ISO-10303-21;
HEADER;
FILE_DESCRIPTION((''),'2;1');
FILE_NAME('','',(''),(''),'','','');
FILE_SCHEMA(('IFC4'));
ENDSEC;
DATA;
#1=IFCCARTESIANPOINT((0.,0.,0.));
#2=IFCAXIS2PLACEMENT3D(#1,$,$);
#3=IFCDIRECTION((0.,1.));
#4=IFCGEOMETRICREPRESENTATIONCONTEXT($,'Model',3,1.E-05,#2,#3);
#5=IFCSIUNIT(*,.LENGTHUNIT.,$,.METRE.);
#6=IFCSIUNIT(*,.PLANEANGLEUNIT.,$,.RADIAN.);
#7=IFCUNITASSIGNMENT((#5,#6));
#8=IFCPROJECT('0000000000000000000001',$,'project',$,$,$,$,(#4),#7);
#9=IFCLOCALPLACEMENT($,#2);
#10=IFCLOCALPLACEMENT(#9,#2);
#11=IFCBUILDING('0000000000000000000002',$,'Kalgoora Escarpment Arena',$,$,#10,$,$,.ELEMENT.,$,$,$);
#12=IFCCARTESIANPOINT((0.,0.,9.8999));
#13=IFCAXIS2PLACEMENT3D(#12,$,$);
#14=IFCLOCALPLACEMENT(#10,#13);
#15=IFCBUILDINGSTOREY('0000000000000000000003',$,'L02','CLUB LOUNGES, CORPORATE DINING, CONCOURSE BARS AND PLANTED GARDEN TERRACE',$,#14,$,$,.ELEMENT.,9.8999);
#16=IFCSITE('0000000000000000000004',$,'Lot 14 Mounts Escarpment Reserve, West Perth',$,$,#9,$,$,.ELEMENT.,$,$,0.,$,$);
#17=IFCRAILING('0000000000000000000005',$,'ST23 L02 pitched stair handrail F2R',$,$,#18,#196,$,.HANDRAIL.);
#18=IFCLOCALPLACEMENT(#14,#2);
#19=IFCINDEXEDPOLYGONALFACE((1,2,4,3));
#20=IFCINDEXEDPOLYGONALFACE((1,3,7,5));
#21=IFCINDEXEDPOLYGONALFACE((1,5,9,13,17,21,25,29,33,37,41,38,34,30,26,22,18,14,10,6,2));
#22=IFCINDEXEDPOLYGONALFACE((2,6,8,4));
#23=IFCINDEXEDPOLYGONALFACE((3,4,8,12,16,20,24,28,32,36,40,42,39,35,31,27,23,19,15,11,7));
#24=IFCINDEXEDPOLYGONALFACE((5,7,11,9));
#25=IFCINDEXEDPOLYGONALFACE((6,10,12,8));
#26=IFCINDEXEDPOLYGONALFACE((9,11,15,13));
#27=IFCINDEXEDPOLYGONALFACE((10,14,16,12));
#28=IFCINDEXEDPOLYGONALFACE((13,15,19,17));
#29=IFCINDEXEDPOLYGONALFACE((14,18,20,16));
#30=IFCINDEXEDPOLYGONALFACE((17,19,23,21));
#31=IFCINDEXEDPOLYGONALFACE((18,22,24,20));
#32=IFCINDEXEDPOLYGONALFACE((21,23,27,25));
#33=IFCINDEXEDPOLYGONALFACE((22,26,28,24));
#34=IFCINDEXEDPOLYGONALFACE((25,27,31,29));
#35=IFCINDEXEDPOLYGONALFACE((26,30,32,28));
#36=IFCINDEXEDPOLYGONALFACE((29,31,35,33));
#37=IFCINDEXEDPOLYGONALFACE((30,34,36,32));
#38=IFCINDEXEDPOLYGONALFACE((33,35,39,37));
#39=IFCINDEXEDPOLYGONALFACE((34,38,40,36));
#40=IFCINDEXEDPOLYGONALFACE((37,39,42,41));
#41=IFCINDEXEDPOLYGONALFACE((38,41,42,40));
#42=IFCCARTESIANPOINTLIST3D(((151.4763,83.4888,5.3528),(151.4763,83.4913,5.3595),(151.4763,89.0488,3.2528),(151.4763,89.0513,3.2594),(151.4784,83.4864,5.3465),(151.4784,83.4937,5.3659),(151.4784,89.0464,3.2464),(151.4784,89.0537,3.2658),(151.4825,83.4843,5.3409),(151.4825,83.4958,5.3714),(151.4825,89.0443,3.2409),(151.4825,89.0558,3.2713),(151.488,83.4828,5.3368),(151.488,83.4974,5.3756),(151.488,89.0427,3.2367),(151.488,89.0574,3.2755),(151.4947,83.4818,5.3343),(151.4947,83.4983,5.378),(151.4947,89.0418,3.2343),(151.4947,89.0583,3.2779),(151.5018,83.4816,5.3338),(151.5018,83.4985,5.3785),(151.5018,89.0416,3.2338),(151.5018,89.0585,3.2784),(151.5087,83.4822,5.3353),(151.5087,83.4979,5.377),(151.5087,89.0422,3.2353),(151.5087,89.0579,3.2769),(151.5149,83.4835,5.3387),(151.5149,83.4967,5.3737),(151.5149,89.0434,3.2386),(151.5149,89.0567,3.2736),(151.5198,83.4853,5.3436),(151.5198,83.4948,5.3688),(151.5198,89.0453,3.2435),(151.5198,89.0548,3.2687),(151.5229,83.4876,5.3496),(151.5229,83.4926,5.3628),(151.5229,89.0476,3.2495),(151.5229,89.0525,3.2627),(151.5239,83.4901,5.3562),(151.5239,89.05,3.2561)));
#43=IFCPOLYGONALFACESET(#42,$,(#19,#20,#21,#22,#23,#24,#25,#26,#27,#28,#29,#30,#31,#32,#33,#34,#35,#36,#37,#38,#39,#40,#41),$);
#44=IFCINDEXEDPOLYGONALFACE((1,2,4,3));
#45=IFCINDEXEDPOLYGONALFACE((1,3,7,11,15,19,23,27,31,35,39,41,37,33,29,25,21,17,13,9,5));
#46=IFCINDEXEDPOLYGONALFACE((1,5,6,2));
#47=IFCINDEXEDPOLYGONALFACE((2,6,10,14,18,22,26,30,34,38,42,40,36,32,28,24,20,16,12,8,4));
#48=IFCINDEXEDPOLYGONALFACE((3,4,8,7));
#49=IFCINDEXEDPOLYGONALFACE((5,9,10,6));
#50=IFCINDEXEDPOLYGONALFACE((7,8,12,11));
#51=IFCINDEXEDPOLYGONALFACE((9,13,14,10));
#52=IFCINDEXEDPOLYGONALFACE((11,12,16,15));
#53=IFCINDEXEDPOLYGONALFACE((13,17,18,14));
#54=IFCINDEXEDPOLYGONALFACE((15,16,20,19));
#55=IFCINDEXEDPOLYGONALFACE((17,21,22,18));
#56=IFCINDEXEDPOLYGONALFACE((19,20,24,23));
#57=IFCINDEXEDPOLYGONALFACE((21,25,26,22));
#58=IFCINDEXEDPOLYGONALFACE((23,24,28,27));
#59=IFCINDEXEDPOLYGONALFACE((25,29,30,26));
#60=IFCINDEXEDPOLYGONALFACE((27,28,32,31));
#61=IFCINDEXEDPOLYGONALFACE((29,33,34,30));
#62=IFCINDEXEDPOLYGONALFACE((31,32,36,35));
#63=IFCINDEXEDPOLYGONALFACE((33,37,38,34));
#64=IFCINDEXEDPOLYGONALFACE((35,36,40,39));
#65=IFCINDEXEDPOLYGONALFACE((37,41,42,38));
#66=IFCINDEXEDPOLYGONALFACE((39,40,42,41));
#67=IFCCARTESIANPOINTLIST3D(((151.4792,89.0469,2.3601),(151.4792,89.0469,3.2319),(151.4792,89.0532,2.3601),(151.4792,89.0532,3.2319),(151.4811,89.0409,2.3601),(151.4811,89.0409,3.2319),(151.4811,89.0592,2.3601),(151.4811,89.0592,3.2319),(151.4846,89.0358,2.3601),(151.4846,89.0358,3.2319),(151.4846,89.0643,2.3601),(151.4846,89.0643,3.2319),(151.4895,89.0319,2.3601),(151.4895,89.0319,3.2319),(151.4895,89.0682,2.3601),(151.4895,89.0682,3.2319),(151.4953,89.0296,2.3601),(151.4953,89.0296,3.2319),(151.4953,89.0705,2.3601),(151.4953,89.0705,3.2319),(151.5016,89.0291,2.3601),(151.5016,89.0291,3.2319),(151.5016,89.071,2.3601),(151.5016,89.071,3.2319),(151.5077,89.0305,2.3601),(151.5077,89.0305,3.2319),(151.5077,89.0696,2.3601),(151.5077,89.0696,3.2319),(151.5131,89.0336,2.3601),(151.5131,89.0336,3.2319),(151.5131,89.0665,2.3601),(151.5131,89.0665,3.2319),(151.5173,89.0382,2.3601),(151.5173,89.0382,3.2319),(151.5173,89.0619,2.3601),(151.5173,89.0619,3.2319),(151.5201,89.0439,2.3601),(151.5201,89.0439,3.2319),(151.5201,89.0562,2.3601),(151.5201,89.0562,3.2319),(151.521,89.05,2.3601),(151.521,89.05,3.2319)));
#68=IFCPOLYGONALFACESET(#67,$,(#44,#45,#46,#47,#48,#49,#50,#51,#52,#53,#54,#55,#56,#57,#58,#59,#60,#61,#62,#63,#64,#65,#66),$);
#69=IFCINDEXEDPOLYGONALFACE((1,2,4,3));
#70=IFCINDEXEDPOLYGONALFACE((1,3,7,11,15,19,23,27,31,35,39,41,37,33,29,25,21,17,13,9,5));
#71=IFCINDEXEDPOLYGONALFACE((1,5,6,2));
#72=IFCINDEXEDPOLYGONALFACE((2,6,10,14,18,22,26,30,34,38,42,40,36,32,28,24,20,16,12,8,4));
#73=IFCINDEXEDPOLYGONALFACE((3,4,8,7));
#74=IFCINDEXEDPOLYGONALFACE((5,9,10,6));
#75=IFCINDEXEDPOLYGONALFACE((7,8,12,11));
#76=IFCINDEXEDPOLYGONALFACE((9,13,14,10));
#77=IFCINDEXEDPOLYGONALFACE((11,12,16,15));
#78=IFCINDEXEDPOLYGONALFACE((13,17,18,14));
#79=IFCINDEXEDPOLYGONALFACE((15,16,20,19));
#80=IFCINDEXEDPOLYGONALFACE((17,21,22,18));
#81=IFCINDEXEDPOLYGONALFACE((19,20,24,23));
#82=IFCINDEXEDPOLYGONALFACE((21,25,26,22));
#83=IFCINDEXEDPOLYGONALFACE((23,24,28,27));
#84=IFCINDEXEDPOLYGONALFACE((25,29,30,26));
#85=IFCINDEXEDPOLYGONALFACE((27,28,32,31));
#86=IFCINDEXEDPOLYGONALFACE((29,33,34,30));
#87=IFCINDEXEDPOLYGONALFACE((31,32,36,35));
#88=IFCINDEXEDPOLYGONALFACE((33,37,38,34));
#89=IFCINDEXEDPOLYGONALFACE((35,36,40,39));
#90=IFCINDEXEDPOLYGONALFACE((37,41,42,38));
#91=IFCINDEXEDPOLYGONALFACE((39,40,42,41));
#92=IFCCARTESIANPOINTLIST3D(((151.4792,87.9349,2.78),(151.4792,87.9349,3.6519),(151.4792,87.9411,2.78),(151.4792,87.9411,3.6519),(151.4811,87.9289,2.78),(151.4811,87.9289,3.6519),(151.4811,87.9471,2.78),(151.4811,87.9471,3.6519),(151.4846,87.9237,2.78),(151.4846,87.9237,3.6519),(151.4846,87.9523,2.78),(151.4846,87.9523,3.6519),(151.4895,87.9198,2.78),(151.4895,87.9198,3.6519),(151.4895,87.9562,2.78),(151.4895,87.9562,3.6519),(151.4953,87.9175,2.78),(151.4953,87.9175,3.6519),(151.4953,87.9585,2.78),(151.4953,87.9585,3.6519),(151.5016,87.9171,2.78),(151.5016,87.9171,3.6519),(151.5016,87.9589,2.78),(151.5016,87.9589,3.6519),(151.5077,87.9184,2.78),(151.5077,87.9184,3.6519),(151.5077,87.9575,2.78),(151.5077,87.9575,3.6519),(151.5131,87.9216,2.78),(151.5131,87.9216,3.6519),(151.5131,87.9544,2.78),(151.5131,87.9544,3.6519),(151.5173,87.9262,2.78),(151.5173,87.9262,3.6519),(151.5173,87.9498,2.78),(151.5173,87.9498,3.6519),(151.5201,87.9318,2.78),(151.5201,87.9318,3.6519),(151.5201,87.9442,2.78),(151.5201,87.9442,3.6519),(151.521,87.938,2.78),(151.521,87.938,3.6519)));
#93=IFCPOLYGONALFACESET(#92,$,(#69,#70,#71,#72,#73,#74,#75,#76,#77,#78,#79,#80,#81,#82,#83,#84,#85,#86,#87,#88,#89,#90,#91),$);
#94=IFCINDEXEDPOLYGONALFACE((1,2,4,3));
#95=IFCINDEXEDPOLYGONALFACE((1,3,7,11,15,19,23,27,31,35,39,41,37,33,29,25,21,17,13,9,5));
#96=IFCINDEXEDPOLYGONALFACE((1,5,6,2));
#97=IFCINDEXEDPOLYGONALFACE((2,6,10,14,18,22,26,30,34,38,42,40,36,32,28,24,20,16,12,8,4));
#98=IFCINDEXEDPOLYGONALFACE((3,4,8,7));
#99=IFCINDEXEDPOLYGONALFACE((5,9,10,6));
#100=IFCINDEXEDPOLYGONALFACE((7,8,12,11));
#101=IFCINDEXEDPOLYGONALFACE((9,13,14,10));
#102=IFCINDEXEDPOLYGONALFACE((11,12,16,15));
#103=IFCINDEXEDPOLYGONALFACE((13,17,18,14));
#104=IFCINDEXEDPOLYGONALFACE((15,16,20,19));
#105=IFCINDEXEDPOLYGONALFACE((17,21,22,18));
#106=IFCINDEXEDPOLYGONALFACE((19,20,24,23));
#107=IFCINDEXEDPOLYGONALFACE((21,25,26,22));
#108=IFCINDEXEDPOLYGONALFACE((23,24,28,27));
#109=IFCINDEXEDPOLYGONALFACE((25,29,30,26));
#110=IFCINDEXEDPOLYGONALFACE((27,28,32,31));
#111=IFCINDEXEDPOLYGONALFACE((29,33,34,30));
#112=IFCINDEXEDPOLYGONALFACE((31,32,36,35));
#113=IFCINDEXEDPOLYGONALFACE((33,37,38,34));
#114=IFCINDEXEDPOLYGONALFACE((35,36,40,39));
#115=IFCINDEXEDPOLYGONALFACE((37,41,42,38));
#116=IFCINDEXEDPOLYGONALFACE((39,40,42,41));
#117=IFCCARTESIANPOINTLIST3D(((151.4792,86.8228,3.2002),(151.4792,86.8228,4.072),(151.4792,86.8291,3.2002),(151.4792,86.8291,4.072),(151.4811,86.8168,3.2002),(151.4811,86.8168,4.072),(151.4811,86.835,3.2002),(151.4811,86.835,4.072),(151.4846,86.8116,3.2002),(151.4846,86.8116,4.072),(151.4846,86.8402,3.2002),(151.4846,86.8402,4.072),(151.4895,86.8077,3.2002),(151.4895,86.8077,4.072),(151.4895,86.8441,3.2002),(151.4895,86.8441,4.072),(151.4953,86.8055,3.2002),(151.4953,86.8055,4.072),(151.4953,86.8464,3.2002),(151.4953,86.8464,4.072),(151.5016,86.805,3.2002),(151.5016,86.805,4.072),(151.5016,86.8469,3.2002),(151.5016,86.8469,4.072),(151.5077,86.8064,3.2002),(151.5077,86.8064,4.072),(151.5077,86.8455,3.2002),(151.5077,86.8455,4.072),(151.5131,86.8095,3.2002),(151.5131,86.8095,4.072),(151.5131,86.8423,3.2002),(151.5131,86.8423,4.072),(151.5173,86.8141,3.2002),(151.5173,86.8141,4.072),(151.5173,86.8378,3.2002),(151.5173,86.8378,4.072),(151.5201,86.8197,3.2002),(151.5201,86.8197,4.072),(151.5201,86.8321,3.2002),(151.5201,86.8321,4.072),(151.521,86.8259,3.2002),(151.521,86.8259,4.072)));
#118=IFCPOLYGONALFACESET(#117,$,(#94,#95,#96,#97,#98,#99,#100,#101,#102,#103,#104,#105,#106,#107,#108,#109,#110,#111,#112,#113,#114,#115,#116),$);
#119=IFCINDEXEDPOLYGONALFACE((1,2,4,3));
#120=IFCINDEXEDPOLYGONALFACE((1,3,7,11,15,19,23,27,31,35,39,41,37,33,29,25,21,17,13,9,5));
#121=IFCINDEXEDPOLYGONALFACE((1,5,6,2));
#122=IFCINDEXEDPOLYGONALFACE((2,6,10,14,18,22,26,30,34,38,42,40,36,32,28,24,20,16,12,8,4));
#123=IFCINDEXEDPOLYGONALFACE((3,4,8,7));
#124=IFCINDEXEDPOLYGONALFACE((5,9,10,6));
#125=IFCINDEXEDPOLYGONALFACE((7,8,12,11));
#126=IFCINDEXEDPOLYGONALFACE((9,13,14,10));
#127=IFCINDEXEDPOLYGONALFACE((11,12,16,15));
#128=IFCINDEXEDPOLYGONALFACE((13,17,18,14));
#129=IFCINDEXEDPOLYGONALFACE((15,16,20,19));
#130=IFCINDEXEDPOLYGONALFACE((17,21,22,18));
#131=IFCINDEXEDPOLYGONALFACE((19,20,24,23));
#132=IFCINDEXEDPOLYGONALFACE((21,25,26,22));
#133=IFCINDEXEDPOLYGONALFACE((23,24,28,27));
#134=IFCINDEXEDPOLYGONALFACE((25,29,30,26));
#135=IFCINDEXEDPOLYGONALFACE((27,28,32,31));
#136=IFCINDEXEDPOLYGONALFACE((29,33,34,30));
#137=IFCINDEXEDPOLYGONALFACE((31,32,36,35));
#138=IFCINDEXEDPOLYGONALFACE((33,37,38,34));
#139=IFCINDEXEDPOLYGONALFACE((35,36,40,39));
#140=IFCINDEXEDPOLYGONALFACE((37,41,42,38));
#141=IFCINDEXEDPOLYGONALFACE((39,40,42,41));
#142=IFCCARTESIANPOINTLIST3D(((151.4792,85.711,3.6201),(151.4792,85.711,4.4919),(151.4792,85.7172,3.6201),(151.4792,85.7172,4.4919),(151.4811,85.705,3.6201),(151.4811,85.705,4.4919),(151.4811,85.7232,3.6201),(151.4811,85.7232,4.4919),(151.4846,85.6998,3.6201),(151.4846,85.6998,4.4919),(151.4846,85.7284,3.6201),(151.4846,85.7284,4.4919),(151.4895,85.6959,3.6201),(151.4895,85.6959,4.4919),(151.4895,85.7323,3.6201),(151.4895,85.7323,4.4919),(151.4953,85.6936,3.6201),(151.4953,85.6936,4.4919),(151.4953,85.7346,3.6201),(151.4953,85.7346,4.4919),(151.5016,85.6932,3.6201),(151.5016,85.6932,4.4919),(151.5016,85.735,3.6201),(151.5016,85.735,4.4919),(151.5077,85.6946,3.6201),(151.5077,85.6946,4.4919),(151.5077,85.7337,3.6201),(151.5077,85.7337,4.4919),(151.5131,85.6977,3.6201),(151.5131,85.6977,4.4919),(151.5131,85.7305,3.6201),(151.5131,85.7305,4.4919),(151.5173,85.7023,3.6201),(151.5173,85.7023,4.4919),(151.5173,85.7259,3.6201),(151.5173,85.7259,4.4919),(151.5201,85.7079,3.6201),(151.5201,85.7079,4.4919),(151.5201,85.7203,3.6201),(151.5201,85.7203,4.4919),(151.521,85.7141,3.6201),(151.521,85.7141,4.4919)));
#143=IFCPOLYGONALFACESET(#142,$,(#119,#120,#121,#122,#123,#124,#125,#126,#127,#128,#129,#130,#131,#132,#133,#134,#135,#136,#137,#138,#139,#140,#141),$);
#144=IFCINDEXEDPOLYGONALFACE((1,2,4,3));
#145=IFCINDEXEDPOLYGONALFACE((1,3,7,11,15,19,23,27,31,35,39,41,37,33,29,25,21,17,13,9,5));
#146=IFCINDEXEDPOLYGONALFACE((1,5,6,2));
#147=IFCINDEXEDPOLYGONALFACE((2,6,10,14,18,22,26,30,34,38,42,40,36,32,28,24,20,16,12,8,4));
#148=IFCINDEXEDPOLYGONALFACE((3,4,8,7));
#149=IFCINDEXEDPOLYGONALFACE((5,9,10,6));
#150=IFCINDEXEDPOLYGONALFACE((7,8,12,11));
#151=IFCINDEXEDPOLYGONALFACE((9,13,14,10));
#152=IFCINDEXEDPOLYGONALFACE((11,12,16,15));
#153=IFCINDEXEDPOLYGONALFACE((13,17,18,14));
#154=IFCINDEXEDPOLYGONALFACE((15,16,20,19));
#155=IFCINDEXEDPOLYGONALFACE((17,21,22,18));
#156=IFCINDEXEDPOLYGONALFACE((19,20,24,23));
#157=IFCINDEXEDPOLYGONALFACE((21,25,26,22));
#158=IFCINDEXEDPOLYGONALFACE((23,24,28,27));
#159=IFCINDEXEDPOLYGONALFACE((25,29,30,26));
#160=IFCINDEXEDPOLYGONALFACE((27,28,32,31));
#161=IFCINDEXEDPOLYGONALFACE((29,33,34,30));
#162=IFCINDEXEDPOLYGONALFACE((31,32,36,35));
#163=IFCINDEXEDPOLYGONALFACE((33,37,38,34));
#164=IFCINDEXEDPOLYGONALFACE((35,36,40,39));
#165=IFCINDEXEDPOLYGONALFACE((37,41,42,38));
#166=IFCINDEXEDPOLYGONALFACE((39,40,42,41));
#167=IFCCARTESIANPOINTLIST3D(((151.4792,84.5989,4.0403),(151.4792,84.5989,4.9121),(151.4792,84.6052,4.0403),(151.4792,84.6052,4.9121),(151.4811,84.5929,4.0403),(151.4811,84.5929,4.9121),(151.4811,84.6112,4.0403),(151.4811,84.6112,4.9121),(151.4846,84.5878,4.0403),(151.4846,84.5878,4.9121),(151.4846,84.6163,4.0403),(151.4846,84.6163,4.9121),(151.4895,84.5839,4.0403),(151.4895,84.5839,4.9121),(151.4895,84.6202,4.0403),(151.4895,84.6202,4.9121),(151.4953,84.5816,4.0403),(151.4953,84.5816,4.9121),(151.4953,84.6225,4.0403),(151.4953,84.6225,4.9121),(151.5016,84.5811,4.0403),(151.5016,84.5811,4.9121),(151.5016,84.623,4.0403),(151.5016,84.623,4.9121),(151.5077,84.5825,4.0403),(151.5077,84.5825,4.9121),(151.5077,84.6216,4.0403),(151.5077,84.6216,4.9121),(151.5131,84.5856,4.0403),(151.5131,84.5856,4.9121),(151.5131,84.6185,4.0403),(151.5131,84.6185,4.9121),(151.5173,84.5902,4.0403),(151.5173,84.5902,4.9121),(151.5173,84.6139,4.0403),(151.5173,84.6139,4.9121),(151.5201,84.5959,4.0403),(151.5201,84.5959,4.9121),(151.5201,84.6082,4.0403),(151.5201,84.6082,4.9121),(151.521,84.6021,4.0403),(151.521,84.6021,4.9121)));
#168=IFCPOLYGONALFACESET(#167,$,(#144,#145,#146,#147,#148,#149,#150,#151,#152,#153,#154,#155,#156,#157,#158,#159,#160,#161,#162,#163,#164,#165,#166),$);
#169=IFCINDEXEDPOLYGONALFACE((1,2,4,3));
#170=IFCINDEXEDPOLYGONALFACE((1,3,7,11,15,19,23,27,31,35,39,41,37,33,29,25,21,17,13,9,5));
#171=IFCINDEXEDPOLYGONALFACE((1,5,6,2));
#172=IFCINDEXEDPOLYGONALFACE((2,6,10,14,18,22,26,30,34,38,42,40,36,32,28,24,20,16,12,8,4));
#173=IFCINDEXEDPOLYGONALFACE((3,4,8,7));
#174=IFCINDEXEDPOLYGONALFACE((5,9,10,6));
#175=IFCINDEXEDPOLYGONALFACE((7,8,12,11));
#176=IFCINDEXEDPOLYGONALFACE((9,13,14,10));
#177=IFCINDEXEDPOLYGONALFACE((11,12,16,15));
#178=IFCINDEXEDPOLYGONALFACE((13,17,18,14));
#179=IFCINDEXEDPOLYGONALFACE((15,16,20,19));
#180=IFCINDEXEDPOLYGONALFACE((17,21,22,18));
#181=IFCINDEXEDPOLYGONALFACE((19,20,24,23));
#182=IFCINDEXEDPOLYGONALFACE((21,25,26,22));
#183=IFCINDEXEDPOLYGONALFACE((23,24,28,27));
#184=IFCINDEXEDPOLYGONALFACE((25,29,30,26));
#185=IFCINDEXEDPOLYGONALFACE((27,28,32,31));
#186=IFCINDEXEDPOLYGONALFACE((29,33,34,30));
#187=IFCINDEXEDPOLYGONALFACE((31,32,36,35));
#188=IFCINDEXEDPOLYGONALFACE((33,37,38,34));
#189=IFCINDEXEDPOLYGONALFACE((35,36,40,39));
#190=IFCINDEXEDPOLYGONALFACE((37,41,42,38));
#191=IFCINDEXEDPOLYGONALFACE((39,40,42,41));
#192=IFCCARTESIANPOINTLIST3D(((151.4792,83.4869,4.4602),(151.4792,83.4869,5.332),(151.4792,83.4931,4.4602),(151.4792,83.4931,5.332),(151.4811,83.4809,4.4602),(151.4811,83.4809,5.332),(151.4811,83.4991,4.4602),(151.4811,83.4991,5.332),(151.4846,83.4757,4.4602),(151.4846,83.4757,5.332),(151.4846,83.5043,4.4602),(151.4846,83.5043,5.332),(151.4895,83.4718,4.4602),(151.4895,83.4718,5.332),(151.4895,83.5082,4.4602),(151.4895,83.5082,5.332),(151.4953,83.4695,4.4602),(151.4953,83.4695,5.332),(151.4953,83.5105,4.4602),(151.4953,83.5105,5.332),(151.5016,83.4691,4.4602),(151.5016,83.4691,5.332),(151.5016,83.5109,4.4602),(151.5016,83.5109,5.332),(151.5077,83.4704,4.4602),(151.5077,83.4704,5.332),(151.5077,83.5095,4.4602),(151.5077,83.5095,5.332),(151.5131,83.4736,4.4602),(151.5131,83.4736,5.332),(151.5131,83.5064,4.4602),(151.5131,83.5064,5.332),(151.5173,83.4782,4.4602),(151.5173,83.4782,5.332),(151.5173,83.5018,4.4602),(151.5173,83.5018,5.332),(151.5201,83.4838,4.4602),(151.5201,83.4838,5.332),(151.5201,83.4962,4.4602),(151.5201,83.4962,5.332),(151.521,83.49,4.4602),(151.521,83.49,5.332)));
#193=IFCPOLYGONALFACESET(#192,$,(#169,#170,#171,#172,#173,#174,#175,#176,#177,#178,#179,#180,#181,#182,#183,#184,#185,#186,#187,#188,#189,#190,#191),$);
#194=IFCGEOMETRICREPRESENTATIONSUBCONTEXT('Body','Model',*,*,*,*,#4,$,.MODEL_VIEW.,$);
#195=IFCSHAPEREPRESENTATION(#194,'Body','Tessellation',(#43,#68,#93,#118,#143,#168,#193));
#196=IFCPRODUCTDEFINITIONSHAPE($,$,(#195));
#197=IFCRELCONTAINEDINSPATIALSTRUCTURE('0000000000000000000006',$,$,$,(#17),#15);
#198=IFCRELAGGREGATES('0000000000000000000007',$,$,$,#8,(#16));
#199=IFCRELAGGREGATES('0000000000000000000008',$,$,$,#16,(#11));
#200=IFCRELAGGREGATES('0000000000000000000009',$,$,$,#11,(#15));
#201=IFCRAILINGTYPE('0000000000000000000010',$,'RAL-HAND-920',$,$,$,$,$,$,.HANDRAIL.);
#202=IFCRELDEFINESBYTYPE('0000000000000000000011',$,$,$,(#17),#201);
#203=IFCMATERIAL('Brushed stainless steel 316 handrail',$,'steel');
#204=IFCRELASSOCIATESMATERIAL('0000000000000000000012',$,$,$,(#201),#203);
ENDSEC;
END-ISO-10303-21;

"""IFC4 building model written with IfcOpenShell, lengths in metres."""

from ifc_helpers import new_model, si_unit, direction, frame, origin, origin_2d, place, context, subcontext, project, spatial, circle, extrude, material, type_object, element, save


model = new_model("IFC4")

# Units and contexts
model_context = context("Model", 3, precision=1e-05, world=origin(), true_north=direction((0.0, 1.0)))
body_context = subcontext(model_context, "Body", "Model", "MODEL_VIEW")
ifc_project = project(units=[si_unit("LENGTHUNIT", "METRE"), si_unit("PLANEANGLEUNIT", "RADIAN")], contexts=[model_context])

# Site, building, storey
site_placement = place(None, origin())
site = spatial("IfcSite", under=ifc_project, at=site_placement, Name="Lot 14 Mounts Escarpment Reserve, West Perth", CompositionType="ELEMENT", RefElevation=0.0)
building_placement = place(site_placement, origin())
building = spatial("IfcBuilding", under=site, at=building_placement, Name="Kalgoora Escarpment Arena", CompositionType="ELEMENT")
storey_placement = place(building_placement, frame((0.0, 0.0, 9.8999)))
storey = spatial("IfcBuildingStorey", under=building, at=storey_placement, Name="L02", Description="CLUB LOUNGES, CORPORATE DINING, CONCOURSE BARS AND PLANTED GARDEN TERRACE", CompositionType="ELEMENT", Elevation=9.8999)

# Railing
ifc_material_1 = material(Name="Brushed stainless steel 316 handrail", Category="steel")
railing_type_1 = type_object("IfcRailingType", Name="RAL-HAND-920", PredefinedType="HANDRAIL", material=ifc_material_1)
for number, where, name in (
    (1, (151.5, 89.05, 2.3601), "ST23 L02 pitched stair handrail F2R"),
):
    element("IfcRailing", number, at=place(storey_placement, frame(where)), inside=storey, type_object=railing_type_1, Name=name, PredefinedType="HANDRAIL", context=body_context, shape_type="SweptSolid", body=[
        extrude(circle(Radius=0.0239, at=origin_2d()), frame((0.0, 0.0, 0.896), z_axis=(0.0, -0.935493, 0.353346), x_axis=(1.0, 0.0, 0.0)), (0.0, 0.0, 1.0), 5.9434),
        extrude(circle(Radius=0.021, at=origin_2d()), origin(), (0.0, 0.0, 1.0), 0.8718),
        extrude(circle(Radius=0.021, at=origin_2d()), frame((0.0, -1.1121, 0.4199)), (0.0, 0.0, 1.0), 0.8718),
        extrude(circle(Radius=0.021, at=origin_2d()), frame((0.0, -2.2241, 0.8401)), (0.0, 0.0, 1.0), 0.8718),
        extrude(circle(Radius=0.021, at=origin_2d()), frame((0.0, -3.3359, 1.26)), (0.0, 0.0, 1.0), 0.8718),
        extrude(circle(Radius=0.021, at=origin_2d()), frame((0.0, -4.448, 1.6802)), (0.0, 0.0, 1.0), 0.8718),
        extrude(circle(Radius=0.021, at=origin_2d()), frame((0.0, -5.5601, 2.1001)), (0.0, 0.0, 1.0), 0.8718),
    ])

save(model, "model.ifc")
